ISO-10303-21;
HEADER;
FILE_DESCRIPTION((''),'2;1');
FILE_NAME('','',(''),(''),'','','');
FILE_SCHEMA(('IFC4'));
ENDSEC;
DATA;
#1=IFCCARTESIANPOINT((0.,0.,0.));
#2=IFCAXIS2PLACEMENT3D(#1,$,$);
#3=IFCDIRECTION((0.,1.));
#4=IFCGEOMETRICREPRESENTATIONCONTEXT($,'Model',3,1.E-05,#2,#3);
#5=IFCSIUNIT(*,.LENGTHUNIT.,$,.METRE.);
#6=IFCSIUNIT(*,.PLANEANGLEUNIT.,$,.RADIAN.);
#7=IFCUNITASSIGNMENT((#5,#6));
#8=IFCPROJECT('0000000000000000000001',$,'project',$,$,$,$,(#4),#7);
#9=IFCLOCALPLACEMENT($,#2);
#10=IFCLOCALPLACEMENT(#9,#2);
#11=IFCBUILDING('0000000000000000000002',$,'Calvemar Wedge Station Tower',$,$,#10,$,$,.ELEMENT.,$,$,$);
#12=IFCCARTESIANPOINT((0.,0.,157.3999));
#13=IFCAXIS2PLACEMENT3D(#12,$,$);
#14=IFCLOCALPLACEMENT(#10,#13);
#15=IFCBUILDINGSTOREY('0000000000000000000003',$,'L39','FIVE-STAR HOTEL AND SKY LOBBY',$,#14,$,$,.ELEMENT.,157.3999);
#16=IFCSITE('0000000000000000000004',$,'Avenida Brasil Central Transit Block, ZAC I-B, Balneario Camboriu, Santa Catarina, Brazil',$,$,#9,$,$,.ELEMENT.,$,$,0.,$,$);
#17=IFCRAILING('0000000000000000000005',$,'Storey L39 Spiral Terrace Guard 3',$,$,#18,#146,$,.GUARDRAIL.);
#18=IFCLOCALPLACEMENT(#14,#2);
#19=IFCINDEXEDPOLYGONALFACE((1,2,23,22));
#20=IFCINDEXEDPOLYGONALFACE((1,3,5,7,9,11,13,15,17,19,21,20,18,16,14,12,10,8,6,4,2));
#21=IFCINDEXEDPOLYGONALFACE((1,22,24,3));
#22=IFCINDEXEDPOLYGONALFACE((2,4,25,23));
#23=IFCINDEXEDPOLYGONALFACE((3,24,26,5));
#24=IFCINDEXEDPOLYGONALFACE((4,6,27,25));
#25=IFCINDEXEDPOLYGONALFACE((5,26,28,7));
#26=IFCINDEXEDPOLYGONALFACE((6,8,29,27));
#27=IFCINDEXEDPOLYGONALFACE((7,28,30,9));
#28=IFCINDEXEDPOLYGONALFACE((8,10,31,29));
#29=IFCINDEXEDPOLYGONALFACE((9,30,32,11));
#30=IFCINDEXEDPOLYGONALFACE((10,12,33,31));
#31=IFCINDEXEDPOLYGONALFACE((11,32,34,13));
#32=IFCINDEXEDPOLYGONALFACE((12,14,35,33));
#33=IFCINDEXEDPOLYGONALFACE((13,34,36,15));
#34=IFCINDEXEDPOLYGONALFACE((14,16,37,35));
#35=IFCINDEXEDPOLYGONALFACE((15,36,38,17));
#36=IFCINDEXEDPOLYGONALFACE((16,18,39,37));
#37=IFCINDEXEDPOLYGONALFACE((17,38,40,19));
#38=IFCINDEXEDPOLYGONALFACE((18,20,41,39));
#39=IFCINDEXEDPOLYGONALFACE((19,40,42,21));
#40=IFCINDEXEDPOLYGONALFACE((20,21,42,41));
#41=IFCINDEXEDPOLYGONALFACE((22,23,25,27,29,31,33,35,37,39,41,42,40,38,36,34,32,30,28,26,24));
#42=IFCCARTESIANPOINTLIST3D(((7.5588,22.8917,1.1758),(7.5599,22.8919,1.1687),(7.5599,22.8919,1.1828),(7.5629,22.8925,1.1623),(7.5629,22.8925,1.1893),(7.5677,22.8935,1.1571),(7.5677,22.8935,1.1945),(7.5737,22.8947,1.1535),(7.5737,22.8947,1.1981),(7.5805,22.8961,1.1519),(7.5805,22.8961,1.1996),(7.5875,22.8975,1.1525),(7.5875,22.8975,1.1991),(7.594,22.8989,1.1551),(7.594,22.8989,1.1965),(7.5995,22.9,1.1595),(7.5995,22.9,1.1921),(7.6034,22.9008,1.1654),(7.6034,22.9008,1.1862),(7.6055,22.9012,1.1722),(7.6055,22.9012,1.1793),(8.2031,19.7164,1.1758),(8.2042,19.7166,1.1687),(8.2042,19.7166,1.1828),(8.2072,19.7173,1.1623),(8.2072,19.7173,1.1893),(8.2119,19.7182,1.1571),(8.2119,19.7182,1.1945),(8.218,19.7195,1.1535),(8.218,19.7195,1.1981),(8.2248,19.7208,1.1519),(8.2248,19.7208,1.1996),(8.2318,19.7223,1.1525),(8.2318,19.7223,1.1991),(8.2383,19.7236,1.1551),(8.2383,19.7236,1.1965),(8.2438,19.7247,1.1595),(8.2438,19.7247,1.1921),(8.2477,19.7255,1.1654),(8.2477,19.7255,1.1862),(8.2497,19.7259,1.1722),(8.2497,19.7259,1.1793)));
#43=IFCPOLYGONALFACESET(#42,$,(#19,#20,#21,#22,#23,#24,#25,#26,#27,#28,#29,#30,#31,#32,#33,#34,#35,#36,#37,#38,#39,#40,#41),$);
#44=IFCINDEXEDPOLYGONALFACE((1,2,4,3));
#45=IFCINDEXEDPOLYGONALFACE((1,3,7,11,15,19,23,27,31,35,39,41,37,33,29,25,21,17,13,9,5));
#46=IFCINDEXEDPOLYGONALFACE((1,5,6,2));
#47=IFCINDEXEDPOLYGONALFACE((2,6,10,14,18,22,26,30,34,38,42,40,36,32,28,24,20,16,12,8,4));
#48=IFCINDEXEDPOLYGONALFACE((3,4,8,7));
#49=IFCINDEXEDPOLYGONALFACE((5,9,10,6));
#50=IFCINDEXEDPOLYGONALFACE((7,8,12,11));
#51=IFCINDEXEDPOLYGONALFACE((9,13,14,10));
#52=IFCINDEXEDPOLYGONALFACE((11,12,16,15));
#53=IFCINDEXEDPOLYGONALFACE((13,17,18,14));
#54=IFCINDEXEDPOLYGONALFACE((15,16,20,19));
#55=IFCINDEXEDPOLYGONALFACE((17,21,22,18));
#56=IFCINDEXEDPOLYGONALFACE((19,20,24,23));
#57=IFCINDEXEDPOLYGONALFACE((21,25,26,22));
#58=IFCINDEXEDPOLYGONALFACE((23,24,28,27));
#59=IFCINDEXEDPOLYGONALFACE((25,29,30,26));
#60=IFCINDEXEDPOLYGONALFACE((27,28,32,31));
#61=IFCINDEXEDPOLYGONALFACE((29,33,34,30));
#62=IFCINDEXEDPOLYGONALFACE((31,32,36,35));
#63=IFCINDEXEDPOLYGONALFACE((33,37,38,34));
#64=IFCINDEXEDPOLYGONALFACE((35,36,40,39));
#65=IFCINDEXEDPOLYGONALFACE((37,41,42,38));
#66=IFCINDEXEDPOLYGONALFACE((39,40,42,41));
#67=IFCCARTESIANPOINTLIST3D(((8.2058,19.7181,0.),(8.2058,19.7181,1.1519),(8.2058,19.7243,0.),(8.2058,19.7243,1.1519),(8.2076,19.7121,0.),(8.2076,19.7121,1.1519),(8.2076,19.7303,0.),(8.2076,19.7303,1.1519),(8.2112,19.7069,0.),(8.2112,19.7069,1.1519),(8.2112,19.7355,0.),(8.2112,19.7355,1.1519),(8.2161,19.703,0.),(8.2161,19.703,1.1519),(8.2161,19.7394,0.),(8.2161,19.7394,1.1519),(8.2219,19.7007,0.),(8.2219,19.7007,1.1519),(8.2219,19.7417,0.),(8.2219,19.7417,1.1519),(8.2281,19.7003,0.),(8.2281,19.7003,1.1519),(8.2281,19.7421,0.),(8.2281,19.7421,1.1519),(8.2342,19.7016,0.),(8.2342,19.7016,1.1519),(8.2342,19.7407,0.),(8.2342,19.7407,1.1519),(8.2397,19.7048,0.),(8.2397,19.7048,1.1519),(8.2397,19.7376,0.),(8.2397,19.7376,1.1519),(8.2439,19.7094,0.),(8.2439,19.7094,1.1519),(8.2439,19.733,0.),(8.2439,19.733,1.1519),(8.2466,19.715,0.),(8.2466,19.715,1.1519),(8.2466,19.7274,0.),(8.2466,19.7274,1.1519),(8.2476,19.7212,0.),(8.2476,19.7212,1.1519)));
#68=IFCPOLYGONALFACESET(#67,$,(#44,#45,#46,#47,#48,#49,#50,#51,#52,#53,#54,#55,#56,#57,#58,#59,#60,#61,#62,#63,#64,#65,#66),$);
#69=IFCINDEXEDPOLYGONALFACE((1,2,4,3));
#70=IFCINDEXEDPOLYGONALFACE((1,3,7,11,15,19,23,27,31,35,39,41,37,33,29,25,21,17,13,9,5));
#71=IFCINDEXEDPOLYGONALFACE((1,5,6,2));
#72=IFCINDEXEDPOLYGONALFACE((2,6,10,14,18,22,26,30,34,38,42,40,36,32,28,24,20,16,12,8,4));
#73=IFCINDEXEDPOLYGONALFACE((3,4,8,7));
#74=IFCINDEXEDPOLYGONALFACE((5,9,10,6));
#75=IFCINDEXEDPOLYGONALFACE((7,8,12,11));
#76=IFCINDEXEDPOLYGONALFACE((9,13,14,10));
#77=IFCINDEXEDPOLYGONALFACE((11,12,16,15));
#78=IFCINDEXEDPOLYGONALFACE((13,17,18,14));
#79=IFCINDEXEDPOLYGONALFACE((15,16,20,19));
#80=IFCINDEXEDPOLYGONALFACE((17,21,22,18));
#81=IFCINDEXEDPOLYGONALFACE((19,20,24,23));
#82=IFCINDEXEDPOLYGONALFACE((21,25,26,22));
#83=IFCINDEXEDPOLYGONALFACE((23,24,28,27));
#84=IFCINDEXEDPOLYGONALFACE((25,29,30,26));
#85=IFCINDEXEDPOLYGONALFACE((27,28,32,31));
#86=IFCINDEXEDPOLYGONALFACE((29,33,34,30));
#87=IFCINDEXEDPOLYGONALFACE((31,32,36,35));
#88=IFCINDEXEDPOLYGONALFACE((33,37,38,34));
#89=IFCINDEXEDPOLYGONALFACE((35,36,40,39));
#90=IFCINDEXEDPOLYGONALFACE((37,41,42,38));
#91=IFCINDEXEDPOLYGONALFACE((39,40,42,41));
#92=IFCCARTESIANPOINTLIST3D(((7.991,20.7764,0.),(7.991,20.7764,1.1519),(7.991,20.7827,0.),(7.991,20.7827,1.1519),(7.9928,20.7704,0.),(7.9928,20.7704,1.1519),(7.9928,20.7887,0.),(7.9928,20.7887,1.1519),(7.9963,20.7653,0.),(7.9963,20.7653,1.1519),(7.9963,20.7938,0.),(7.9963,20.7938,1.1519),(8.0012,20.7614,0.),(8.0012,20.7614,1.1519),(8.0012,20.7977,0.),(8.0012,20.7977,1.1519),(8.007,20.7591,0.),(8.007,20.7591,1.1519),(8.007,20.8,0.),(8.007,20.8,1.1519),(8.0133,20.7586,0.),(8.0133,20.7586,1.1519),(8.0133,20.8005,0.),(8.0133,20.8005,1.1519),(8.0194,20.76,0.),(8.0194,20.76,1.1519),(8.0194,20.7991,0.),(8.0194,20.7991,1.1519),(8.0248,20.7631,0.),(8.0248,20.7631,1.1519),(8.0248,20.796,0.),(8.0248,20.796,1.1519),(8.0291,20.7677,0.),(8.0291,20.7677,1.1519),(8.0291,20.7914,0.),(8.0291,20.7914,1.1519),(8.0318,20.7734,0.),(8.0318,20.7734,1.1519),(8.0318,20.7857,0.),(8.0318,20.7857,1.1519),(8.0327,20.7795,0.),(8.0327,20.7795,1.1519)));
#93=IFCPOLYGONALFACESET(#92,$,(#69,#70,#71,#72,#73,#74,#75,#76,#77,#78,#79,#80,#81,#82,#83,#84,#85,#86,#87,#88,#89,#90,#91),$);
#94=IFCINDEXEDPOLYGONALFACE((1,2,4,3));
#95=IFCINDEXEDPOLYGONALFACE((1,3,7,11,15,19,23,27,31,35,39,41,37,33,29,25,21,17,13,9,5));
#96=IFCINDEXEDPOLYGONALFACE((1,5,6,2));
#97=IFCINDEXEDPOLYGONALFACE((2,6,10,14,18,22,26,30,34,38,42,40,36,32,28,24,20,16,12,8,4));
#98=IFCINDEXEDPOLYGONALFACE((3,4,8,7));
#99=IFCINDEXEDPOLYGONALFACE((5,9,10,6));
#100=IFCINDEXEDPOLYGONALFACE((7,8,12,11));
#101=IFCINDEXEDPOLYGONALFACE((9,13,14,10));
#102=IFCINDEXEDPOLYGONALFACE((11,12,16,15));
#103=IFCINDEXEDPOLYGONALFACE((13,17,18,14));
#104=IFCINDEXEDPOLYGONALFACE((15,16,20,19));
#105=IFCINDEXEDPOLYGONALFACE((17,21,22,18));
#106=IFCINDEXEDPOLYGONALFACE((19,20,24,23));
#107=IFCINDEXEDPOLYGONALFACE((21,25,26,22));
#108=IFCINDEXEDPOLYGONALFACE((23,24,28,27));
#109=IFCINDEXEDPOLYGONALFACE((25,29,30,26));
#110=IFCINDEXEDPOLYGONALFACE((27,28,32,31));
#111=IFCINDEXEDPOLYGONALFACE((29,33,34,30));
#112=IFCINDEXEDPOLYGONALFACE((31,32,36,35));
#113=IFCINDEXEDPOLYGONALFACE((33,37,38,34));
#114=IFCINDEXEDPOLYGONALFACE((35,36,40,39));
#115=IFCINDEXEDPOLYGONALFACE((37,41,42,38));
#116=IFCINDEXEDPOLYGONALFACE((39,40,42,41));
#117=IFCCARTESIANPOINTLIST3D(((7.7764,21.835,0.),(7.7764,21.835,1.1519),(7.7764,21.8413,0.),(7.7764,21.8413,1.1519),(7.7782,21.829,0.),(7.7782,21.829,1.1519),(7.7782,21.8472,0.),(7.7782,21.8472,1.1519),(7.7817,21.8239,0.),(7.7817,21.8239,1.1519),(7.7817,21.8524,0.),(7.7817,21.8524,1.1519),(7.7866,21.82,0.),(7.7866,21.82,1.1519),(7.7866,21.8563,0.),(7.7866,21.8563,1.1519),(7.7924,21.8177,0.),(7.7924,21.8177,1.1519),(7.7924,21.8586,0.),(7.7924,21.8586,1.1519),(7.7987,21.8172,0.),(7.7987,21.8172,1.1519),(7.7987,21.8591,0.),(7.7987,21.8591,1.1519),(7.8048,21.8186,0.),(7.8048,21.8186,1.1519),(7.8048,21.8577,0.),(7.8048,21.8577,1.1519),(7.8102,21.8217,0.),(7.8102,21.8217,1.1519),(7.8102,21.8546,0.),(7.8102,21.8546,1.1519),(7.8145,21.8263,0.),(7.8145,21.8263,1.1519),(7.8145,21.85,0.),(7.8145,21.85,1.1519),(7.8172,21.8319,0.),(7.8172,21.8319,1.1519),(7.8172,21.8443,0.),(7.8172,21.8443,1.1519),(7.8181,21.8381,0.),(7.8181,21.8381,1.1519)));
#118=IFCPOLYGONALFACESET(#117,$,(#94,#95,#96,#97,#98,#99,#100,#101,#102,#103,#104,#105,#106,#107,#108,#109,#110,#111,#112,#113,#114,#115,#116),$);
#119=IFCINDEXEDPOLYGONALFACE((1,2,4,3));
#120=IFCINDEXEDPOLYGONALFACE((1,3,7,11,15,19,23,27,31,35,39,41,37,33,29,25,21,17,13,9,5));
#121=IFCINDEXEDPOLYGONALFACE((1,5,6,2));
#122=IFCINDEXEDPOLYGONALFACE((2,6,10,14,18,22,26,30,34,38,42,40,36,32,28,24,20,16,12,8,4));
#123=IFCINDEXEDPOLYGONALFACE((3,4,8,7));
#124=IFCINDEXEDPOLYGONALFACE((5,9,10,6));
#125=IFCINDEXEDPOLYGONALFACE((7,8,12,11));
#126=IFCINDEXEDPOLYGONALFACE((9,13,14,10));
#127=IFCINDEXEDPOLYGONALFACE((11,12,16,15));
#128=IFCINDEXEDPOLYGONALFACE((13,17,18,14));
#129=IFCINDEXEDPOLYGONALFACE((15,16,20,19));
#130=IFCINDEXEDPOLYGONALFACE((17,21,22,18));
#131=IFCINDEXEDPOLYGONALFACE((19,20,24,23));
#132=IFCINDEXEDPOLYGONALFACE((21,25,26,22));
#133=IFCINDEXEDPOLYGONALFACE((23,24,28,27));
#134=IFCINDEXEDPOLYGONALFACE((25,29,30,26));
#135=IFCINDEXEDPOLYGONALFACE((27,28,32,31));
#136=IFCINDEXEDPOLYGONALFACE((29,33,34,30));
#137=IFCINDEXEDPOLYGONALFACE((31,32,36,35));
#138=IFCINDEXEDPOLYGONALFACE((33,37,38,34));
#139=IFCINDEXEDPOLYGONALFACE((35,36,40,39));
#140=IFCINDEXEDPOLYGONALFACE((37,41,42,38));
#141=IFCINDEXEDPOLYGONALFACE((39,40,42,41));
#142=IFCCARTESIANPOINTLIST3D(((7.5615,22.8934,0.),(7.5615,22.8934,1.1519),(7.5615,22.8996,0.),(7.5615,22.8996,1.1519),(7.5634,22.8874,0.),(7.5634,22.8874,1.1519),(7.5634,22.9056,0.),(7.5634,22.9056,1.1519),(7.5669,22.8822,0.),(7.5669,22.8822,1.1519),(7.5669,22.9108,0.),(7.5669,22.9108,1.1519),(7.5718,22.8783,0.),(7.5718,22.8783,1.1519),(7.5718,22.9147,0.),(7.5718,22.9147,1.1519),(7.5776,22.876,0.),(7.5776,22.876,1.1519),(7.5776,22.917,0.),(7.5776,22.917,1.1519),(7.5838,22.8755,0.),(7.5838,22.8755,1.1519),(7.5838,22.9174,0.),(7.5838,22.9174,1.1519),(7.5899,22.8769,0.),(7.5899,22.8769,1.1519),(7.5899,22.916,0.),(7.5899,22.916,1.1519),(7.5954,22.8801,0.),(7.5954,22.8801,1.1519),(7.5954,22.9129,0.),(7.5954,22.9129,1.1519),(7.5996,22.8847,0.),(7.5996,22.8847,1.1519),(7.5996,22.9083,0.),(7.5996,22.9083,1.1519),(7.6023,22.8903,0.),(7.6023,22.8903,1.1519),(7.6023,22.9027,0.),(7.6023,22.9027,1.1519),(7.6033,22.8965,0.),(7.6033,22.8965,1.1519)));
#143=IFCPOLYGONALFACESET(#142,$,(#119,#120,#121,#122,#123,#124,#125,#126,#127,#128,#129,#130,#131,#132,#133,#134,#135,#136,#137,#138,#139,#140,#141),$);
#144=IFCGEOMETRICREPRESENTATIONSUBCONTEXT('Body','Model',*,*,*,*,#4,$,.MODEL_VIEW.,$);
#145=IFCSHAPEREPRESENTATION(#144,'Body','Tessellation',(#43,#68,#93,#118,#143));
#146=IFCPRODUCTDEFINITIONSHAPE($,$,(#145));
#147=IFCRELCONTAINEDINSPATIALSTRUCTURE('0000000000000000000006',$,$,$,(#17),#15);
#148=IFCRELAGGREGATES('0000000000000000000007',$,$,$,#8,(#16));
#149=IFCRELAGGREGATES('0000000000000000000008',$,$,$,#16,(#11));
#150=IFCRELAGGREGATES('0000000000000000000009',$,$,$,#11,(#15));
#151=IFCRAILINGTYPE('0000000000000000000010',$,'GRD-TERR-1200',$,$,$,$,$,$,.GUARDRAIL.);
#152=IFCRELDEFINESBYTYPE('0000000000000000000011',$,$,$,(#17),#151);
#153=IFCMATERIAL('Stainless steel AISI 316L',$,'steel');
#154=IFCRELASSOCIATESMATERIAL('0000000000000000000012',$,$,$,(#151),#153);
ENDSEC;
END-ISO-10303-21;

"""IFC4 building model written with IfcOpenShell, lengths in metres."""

from ifc_helpers import new_model, si_unit, direction, frame, origin, origin_2d, place, context, subcontext, project, spatial, circle, extrude, material, type_object, element, save


model = new_model("IFC4")

# Units and contexts
model_context = context("Model", 3, precision=1e-05, world=origin(), true_north=direction((0.0, 1.0)))
body_context = subcontext(model_context, "Body", "Model", "MODEL_VIEW")
ifc_project = project(units=[si_unit("LENGTHUNIT", "METRE"), si_unit("PLANEANGLEUNIT", "RADIAN")], contexts=[model_context])

# Site, building, storey
site_placement = place(None, origin())
site = spatial("IfcSite", under=ifc_project, at=site_placement, Name="Avenida Brasil Central Transit Block, ZAC I-B, Balneario Camboriu, Santa Catarina, Brazil", CompositionType="ELEMENT", RefElevation=0.0)
building_placement = place(site_placement, origin())
building = spatial("IfcBuilding", under=site, at=building_placement, Name="Calvemar Wedge Station Tower", CompositionType="ELEMENT")
storey_placement = place(building_placement, frame((0.0, 0.0, 157.3999)))
storey = spatial("IfcBuildingStorey", under=building, at=storey_placement, Name="L39", Description="FIVE-STAR HOTEL AND SKY LOBBY", CompositionType="ELEMENT", Elevation=157.3999)

# Railing
ifc_material_1 = material(Name="Stainless steel AISI 316L", Category="steel")
railing_type = type_object("IfcRailingType", Name="GRD-TERR-1200", PredefinedType="GUARDRAIL", material=ifc_material_1)
railing_1_placement = place(storey_placement, frame((8.2266, 19.7212, 0.0)))
element("IfcRailing", 1, at=railing_1_placement, inside=storey, type_object=railing_type, Name="Storey L39 Spiral Terrace Guard 3", PredefinedType="GUARDRAIL", context=body_context, shape_type="SweptSolid", body=[
    extrude(circle(Radius=0.0239, at=origin_2d()), frame((0.0, 0.0, 1.1758), z_axis=(-0.198854, 0.980029, 0.0), x_axis=(-0.980029, -0.198854, 0.0)), (0.0, 0.0, 1.0), 3.24),
    extrude(circle(Radius=0.021, at=origin_2d()), origin(), (0.0, 0.0, 1.0), 1.1519),
    extrude(circle(Radius=0.021, at=origin_2d()), frame((-0.2148, 1.0583, 0.0)), (0.0, 0.0, 1.0), 1.1519),
    extrude(circle(Radius=0.021, at=origin_2d()), frame((-0.4294, 2.1169, 0.0)), (0.0, 0.0, 1.0), 1.1519),
    extrude(circle(Radius=0.021, at=origin_2d()), frame((-0.6443, 3.1753, 0.0)), (0.0, 0.0, 1.0), 1.1519),
])

save(model, "model.ifc")
